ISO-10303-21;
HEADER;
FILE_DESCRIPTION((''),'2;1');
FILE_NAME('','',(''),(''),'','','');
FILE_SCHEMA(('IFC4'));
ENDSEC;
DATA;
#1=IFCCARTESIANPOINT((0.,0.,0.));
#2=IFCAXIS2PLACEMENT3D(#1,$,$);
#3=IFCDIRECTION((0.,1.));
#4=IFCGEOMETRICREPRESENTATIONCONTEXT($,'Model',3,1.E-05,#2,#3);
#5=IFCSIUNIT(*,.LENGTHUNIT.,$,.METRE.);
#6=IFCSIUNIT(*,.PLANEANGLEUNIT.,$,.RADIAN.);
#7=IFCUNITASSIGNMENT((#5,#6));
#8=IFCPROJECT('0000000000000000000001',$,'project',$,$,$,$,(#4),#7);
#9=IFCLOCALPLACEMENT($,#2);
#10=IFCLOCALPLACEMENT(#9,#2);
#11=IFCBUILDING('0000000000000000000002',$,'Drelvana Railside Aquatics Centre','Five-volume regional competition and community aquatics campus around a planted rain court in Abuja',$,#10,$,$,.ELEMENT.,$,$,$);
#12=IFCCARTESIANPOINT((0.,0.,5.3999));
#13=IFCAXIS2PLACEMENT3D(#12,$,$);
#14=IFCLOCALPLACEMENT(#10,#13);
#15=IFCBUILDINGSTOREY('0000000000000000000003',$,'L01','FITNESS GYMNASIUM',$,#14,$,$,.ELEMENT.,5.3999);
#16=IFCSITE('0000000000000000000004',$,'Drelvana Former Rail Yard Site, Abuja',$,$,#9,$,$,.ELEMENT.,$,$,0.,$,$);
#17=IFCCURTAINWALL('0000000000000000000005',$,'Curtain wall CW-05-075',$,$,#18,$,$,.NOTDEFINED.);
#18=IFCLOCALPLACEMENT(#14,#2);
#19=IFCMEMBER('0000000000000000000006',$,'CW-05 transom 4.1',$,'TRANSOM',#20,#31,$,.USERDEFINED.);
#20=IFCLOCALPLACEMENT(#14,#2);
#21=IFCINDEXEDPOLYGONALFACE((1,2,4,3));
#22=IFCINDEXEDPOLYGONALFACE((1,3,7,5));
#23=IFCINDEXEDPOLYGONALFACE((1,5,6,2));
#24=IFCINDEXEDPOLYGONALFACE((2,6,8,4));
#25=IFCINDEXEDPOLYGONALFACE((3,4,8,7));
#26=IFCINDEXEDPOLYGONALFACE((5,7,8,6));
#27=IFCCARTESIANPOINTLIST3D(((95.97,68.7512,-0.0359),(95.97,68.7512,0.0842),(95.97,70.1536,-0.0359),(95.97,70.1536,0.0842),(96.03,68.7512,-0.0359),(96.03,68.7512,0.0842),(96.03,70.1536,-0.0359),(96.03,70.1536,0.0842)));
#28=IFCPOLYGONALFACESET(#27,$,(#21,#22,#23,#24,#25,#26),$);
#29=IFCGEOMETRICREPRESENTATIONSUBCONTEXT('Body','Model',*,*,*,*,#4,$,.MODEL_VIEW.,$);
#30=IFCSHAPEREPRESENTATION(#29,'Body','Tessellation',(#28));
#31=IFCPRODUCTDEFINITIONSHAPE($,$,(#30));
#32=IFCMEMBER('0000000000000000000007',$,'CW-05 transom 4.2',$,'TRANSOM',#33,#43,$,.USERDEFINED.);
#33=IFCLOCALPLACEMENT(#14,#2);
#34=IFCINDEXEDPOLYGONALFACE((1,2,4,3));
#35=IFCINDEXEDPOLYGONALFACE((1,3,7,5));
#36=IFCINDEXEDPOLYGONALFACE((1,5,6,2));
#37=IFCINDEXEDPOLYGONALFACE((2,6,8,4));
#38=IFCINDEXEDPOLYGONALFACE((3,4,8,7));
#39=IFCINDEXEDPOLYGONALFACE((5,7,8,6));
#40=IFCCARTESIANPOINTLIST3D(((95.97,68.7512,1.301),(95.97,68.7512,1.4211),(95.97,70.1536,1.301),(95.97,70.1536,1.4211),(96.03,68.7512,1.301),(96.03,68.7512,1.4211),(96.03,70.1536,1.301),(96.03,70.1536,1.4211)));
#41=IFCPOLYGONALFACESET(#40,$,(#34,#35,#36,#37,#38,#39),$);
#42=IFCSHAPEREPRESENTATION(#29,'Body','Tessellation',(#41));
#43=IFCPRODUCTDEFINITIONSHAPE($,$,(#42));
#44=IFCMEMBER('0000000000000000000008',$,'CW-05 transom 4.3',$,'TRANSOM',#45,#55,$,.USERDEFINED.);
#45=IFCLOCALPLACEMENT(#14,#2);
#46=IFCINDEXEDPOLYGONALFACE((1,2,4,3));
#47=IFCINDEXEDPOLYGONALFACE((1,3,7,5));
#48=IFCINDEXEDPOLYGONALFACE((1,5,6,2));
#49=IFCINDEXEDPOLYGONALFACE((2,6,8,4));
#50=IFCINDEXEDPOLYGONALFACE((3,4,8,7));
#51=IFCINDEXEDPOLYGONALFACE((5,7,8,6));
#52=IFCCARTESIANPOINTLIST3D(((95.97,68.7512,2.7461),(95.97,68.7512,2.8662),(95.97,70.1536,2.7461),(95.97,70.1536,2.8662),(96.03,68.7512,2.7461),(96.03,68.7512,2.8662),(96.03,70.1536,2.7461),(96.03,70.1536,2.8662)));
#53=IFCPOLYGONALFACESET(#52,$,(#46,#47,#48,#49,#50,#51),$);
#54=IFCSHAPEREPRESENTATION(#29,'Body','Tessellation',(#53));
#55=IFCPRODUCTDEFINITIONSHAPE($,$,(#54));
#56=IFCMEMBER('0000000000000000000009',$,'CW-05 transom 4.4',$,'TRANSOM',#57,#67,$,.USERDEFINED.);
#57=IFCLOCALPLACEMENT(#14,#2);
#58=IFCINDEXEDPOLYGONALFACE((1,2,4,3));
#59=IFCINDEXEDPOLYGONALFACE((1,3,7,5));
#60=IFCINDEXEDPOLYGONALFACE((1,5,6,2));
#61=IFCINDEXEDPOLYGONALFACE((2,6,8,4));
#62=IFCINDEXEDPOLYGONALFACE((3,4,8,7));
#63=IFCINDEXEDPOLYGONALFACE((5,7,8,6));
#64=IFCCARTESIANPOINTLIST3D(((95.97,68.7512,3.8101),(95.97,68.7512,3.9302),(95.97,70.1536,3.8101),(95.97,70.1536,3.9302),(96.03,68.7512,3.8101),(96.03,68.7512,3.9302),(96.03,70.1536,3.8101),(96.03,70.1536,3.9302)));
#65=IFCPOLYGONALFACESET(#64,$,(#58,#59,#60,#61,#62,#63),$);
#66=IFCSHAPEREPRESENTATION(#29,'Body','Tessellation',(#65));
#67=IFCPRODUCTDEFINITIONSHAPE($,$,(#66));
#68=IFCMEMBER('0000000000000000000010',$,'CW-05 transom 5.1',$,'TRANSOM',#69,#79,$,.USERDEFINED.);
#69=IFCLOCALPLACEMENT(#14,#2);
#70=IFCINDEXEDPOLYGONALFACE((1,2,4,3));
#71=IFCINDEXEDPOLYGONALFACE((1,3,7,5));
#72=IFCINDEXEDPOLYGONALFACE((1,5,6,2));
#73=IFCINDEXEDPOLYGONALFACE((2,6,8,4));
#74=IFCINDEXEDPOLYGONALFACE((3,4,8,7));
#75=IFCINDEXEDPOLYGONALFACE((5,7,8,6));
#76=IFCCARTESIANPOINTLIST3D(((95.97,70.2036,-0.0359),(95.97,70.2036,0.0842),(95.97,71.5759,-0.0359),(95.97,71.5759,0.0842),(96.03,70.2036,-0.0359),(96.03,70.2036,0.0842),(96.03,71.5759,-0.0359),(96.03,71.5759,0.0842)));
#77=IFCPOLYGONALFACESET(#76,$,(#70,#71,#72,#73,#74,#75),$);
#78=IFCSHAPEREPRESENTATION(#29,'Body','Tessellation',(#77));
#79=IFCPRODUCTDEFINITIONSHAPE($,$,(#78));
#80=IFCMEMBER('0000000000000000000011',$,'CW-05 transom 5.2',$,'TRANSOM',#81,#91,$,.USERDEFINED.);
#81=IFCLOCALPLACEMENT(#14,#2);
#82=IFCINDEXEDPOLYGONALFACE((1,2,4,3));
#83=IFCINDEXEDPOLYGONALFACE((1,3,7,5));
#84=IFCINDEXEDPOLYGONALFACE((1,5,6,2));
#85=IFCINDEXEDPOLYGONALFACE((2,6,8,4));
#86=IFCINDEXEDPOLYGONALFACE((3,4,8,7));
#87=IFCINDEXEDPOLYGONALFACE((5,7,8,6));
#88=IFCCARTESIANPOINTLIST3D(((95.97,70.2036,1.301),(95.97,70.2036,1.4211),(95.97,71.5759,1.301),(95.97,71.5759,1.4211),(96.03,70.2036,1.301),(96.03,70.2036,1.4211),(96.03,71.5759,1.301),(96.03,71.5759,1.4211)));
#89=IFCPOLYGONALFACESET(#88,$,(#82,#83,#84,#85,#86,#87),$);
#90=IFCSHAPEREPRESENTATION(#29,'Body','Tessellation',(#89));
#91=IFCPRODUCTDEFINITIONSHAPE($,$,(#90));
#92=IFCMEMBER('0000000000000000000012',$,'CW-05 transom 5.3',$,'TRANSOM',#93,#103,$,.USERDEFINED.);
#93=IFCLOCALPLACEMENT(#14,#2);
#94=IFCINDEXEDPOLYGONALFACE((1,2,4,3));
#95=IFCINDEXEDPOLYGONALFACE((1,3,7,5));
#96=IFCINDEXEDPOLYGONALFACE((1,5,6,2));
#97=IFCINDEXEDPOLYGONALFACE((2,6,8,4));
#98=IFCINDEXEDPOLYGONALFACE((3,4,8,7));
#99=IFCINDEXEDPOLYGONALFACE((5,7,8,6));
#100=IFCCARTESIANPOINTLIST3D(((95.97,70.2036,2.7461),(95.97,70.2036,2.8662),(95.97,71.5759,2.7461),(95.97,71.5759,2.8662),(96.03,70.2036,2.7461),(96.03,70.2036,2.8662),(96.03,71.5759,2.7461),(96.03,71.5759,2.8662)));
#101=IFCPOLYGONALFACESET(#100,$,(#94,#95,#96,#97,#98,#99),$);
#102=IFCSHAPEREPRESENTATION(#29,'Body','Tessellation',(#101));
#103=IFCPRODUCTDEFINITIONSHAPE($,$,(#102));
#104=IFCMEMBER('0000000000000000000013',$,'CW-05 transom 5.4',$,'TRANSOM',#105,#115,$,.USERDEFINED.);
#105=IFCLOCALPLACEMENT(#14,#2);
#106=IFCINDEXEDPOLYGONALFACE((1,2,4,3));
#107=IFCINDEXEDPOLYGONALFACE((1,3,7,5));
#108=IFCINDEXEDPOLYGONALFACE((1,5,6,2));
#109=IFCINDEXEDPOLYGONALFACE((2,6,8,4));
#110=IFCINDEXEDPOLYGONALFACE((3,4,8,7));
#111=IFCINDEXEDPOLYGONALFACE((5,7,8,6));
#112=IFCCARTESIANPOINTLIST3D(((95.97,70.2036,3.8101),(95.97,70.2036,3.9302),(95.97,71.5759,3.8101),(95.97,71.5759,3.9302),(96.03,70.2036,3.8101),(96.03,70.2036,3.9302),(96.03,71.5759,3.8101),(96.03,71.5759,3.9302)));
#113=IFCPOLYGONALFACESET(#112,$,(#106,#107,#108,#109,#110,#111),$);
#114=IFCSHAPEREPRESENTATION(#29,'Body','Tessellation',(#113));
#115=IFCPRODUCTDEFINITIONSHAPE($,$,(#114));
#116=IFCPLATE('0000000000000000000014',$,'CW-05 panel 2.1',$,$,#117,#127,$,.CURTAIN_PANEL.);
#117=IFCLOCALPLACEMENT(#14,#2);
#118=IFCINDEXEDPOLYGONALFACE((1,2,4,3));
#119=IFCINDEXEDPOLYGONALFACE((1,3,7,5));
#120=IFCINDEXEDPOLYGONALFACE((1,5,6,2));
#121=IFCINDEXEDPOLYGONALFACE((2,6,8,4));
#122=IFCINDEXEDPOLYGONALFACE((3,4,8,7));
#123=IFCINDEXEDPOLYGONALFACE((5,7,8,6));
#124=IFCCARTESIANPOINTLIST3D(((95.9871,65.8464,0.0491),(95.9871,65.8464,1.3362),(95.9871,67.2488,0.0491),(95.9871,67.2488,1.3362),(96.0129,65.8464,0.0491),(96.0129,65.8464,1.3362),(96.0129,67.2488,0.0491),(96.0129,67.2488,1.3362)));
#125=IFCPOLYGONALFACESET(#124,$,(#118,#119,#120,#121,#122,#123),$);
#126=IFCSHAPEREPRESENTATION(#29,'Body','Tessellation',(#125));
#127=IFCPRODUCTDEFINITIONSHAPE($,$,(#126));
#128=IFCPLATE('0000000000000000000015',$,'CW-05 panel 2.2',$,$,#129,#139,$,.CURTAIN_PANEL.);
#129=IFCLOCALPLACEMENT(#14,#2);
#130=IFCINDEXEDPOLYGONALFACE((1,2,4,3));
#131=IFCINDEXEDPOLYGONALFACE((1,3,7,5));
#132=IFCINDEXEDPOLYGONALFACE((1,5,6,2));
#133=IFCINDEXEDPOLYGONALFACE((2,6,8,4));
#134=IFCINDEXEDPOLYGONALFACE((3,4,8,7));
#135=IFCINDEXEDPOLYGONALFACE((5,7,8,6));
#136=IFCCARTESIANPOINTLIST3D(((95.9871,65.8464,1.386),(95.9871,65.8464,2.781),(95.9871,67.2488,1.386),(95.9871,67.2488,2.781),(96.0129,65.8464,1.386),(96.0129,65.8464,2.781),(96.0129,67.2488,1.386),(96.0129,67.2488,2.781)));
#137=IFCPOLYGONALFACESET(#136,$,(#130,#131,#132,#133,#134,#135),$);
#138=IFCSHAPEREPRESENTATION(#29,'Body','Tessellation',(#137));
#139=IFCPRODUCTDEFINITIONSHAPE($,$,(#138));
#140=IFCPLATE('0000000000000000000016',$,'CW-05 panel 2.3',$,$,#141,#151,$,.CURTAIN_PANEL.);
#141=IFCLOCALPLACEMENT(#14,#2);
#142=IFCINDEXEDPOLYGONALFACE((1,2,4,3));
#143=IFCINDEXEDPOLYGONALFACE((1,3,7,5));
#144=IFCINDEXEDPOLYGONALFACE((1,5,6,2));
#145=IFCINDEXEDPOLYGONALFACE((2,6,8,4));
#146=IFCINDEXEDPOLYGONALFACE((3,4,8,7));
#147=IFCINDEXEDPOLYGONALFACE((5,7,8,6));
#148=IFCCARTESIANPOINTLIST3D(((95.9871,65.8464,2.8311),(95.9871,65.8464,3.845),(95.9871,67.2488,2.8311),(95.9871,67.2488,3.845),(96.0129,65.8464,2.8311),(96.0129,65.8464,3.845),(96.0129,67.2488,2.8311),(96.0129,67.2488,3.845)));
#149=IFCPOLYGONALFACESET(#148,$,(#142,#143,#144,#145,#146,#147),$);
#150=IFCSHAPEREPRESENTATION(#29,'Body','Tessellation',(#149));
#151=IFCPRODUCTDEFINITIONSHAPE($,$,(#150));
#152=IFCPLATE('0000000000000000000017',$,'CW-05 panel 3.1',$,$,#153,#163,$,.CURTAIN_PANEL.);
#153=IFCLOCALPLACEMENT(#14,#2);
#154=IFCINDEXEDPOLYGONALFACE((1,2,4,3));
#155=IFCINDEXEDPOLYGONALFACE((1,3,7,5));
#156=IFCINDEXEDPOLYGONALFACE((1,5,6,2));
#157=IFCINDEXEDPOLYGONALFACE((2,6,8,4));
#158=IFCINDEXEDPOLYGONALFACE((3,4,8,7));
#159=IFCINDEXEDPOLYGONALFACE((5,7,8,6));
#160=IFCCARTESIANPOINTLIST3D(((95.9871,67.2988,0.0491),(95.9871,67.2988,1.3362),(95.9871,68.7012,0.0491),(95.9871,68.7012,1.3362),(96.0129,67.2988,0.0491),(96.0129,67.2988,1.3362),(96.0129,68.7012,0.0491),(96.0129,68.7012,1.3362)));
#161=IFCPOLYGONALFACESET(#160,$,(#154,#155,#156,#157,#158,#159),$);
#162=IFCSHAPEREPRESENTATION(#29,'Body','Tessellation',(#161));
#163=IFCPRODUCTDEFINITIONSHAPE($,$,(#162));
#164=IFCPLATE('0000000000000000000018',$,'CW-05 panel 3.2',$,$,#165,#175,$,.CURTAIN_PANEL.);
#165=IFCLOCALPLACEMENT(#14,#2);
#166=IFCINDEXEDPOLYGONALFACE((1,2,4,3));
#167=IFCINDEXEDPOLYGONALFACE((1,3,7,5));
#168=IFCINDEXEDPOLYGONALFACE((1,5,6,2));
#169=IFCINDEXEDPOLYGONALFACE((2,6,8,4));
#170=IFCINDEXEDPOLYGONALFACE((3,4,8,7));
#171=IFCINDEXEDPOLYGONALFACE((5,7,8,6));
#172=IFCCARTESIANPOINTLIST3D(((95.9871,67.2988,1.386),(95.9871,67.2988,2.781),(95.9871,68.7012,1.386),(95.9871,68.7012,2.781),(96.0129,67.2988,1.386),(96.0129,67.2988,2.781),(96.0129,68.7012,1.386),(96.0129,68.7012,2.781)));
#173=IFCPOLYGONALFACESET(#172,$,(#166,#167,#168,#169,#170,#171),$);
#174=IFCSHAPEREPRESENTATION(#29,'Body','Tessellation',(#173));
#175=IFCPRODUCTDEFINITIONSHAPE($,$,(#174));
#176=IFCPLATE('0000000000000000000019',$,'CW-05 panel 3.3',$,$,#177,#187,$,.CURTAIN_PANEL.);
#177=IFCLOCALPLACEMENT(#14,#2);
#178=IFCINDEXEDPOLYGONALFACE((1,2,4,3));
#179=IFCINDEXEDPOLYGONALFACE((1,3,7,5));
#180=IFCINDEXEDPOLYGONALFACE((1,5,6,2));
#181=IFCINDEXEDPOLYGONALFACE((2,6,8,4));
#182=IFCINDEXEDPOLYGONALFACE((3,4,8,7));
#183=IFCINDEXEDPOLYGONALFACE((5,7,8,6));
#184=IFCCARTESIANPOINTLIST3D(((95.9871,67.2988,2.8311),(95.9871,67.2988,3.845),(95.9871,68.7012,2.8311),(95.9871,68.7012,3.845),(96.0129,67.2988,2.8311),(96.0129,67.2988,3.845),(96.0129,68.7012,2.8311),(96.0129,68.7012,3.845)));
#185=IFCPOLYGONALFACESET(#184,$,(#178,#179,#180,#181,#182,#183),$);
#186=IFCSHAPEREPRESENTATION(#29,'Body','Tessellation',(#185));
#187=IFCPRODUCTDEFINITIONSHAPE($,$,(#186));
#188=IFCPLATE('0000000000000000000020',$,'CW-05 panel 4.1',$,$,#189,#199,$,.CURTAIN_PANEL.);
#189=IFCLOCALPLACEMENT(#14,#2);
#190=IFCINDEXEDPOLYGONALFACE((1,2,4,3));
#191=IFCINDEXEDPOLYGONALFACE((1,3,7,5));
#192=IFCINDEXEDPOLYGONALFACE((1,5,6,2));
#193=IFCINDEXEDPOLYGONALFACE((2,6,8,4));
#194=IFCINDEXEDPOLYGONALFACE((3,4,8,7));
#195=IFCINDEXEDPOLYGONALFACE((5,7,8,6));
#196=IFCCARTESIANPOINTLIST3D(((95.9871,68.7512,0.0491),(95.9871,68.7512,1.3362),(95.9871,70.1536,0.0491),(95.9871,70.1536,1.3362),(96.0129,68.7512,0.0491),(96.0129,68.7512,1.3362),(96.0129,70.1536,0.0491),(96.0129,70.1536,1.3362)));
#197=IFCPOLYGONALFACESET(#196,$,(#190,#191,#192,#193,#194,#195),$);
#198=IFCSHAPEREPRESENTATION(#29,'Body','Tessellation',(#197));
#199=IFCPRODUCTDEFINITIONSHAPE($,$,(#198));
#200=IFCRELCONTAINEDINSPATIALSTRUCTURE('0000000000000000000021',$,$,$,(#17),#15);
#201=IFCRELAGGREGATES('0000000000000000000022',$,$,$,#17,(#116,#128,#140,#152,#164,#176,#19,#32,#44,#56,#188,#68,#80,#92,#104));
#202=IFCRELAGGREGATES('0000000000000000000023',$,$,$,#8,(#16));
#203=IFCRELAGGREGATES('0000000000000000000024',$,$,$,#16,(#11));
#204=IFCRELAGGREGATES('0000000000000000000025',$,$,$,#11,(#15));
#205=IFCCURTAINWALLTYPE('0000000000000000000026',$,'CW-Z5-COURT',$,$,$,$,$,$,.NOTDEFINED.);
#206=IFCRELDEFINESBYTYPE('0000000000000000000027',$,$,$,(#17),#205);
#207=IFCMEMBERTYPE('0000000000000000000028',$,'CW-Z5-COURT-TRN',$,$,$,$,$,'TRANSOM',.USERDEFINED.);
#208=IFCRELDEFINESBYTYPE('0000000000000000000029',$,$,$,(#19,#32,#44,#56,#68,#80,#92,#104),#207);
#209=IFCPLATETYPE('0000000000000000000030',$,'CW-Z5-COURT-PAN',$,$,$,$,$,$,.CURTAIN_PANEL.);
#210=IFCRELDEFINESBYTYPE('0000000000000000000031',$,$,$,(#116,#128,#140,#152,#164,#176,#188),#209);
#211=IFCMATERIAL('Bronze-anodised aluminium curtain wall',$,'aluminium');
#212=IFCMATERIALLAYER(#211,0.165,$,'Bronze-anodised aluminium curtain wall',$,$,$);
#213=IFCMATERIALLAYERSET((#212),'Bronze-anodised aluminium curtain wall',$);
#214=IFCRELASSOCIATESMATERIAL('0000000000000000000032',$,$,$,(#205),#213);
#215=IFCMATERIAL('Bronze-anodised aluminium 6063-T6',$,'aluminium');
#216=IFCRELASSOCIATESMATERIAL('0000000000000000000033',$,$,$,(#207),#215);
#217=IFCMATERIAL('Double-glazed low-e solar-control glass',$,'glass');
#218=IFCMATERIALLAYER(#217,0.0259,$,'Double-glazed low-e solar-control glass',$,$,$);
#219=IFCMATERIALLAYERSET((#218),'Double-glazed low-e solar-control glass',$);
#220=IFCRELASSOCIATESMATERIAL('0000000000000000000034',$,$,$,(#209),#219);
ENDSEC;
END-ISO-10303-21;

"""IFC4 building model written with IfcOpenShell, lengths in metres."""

from ifc_helpers import new_model, si_unit, direction, frame, origin, origin_2d, place, context, subcontext, project, spatial, rectangle, extrude, material, layer, layer_set, material_profile, profile_set, type_object, element, aggregate, save


model = new_model("IFC4")

# Units and contexts
model_context = context("Model", 3, precision=1e-05, world=origin(), true_north=direction((0.0, 1.0)))
body_context = subcontext(model_context, "Body", "Model", "MODEL_VIEW")
ifc_project = project(units=[si_unit("LENGTHUNIT", "METRE"), si_unit("PLANEANGLEUNIT", "RADIAN")], contexts=[model_context])

# Site, building, storey
site_placement = place(None, origin())
site = spatial("IfcSite", under=ifc_project, at=site_placement, Name="Drelvana Former Rail Yard Site, Abuja", CompositionType="ELEMENT", RefElevation=0.0)
building_placement = place(site_placement, origin())
building = spatial("IfcBuilding", under=site, at=building_placement, Name="Drelvana Railside Aquatics Centre", Description="Five-volume regional competition and community aquatics campus around a planted rain court in Abuja", CompositionType="ELEMENT")
storey_placement = place(building_placement, frame((0.0, 0.0, 5.3999)))
storey = spatial("IfcBuildingStorey", under=building, at=storey_placement, Name="L01", Description="FITNESS GYMNASIUM", CompositionType="ELEMENT", Elevation=5.3999)

# Curtain wall
ifc_material_1 = material(Name="Bronze-anodised aluminium curtain wall", Category="aluminium")
ifc_layer_1 = layer(ifc_material_1, 0.165, Name="Bronze-anodised aluminium curtain wall")
ifc_layer_set_1 = layer_set([ifc_layer_1], Name="Bronze-anodised aluminium curtain wall")
curtain_wall_type = type_object("IfcCurtainWallType", Name="CW-Z5-COURT", PredefinedType="NOTDEFINED", material=ifc_layer_set_1)
curtain_wall_1_placement = place(storey_placement, origin())
curtain_wall_1 = element("IfcCurtainWall", 1, at=curtain_wall_1_placement, inside=storey, type_object=curtain_wall_type, Name="Curtain wall CW-05-075", PredefinedType="NOTDEFINED")
ifc_material_2 = material(Name="Bronze-anodised aluminium 6063-T6", Category="aluminium")

# Members
ifc_material_profile_1 = material_profile(ifc_material_2, rectangle(XDim=0.1201, YDim=0.0601, at=origin_2d()), Name="ALU-T 60x120")
ifc_profile_set_1 = profile_set([ifc_material_profile_1], Name="Bronze-anodised aluminium 6063-T6")
member_type_1 = type_object("IfcMemberType", Name="CW-Z5-COURT-TRN", ElementType="TRANSOM", PredefinedType="USERDEFINED", material=ifc_profile_set_1)
member_1_placement = place(storey_placement, frame((96.0, 68.7512, 0.0242), z_axis=(0.0, 1.0, 0.0), x_axis=(0.0, 0.0, 1.0)))
member_1 = element("IfcMember", 2, at=member_1_placement, type_object=member_type_1, Name="CW-05 transom 4.1", ObjectType="TRANSOM", PredefinedType="USERDEFINED", context=body_context, shape_type="SweptSolid", body=[
    extrude(rectangle(XDim=0.1201, YDim=0.0601, at=origin_2d()), origin(), (0.0, 0.0, 1.0), 1.4023),
])
member_2_placement = place(storey_placement, frame((96.0, 68.7512, 1.3611), z_axis=(0.0, 1.0, 0.0), x_axis=(0.0, 0.0, 1.0)))
member_2 = element("IfcMember", 3, at=member_2_placement, type_object=member_type_1, Name="CW-05 transom 4.2", ObjectType="TRANSOM", PredefinedType="USERDEFINED", context=body_context, shape_type="SweptSolid", body=[
    extrude(rectangle(XDim=0.1201, YDim=0.0601, at=origin_2d()), origin(), (0.0, 0.0, 1.0), 1.4023),
])
member_3_placement = place(storey_placement, frame((96.0, 68.7512, 2.8062), z_axis=(0.0, 1.0, 0.0), x_axis=(0.0, 0.0, 1.0)))
member_3 = element("IfcMember", 4, at=member_3_placement, type_object=member_type_1, Name="CW-05 transom 4.3", ObjectType="TRANSOM", PredefinedType="USERDEFINED", context=body_context, shape_type="SweptSolid", body=[
    extrude(rectangle(XDim=0.1201, YDim=0.0601, at=origin_2d()), origin(), (0.0, 0.0, 1.0), 1.4023),
])
member_4_placement = place(storey_placement, frame((96.0, 68.7512, 3.8701), z_axis=(0.0, 1.0, 0.0), x_axis=(0.0, 0.0, 1.0)))
member_4 = element("IfcMember", 5, at=member_4_placement, type_object=member_type_1, Name="CW-05 transom 4.4", ObjectType="TRANSOM", PredefinedType="USERDEFINED", context=body_context, shape_type="SweptSolid", body=[
    extrude(rectangle(XDim=0.1201, YDim=0.0601, at=origin_2d()), origin(), (0.0, 0.0, 1.0), 1.4023),
])
member_5_placement = place(storey_placement, frame((96.0, 70.2036, 0.0242), z_axis=(0.0, 1.0, 0.0), x_axis=(0.0, 0.0, 1.0)))
member_5 = element("IfcMember", 6, at=member_5_placement, type_object=member_type_1, Name="CW-05 transom 5.1", ObjectType="TRANSOM", PredefinedType="USERDEFINED", context=body_context, shape_type="SweptSolid", body=[
    extrude(rectangle(XDim=0.1201, YDim=0.0601, at=origin_2d()), origin(), (0.0, 0.0, 1.0), 1.3723),
])
member_6_placement = place(storey_placement, frame((96.0, 70.2036, 1.3611), z_axis=(0.0, 1.0, 0.0), x_axis=(0.0, 0.0, 1.0)))
member_6 = element("IfcMember", 7, at=member_6_placement, type_object=member_type_1, Name="CW-05 transom 5.2", ObjectType="TRANSOM", PredefinedType="USERDEFINED", context=body_context, shape_type="SweptSolid", body=[
    extrude(rectangle(XDim=0.1201, YDim=0.0601, at=origin_2d()), origin(), (0.0, 0.0, 1.0), 1.3723),
])
member_7_placement = place(storey_placement, frame((96.0, 70.2036, 2.8062), z_axis=(0.0, 1.0, 0.0), x_axis=(0.0, 0.0, 1.0)))
member_7 = element("IfcMember", 8, at=member_7_placement, type_object=member_type_1, Name="CW-05 transom 5.3", ObjectType="TRANSOM", PredefinedType="USERDEFINED", context=body_context, shape_type="SweptSolid", body=[
    extrude(rectangle(XDim=0.1201, YDim=0.0601, at=origin_2d()), origin(), (0.0, 0.0, 1.0), 1.3723),
])
member_8_placement = place(storey_placement, frame((96.0, 70.2036, 3.8701), z_axis=(0.0, 1.0, 0.0), x_axis=(0.0, 0.0, 1.0)))
member_8 = element("IfcMember", 9, at=member_8_placement, type_object=member_type_1, Name="CW-05 transom 5.4", ObjectType="TRANSOM", PredefinedType="USERDEFINED", context=body_context, shape_type="SweptSolid", body=[
    extrude(rectangle(XDim=0.1201, YDim=0.0601, at=origin_2d()), origin(), (0.0, 0.0, 1.0), 1.3723),
])

# Plates
ifc_material_3 = material(Name="Double-glazed low-e solar-control glass", Category="glass")
ifc_layer_2 = layer(ifc_material_3, 0.0259, Name="Double-glazed low-e solar-control glass")
ifc_layer_set_2 = layer_set([ifc_layer_2], Name="Double-glazed low-e solar-control glass")
plate_type = type_object("IfcPlateType", Name="CW-Z5-COURT-PAN", PredefinedType="CURTAIN_PANEL", material=ifc_layer_set_2)
plate_1_placement = place(storey_placement, frame((96.0, 66.5476, 0.0491), z_axis=(0.0, 0.0, 1.0), x_axis=(0.0, 1.0, 0.0)))
plate_1 = element("IfcPlate", 10, at=plate_1_placement, type_object=plate_type, Name="CW-05 panel 2.1", PredefinedType="CURTAIN_PANEL", context=body_context, shape_type="SweptSolid", body=[
    extrude(rectangle(XDim=1.4023, YDim=0.0259, at=origin_2d()), origin(), (0.0, 0.0, 1.0), 1.2871),
])
plate_2_placement = place(storey_placement, frame((96.0, 66.5476, 1.386), z_axis=(0.0, 0.0, 1.0), x_axis=(0.0, 1.0, 0.0)))
plate_2 = element("IfcPlate", 11, at=plate_2_placement, type_object=plate_type, Name="CW-05 panel 2.2", PredefinedType="CURTAIN_PANEL", context=body_context, shape_type="SweptSolid", body=[
    extrude(rectangle(XDim=1.4023, YDim=0.0259, at=origin_2d()), origin(), (0.0, 0.0, 1.0), 1.395),
])
plate_3_placement = place(storey_placement, frame((96.0, 66.5476, 2.8311), z_axis=(0.0, 0.0, 1.0), x_axis=(0.0, 1.0, 0.0)))
plate_3 = element("IfcPlate", 12, at=plate_3_placement, type_object=plate_type, Name="CW-05 panel 2.3", PredefinedType="CURTAIN_PANEL", context=body_context, shape_type="SweptSolid", body=[
    extrude(rectangle(XDim=1.4023, YDim=0.0259, at=origin_2d()), origin(), (0.0, 0.0, 1.0), 1.0139),
])
plate_4_placement = place(storey_placement, frame((96.0, 68.0, 0.0491), z_axis=(0.0, 0.0, 1.0), x_axis=(0.0, 1.0, 0.0)))
plate_4 = element("IfcPlate", 13, at=plate_4_placement, type_object=plate_type, Name="CW-05 panel 3.1", PredefinedType="CURTAIN_PANEL", context=body_context, shape_type="SweptSolid", body=[
    extrude(rectangle(XDim=1.4023, YDim=0.0259, at=origin_2d()), origin(), (0.0, 0.0, 1.0), 1.2871),
])
plate_5_placement = place(storey_placement, frame((96.0, 68.0, 1.386), z_axis=(0.0, 0.0, 1.0), x_axis=(0.0, 1.0, 0.0)))
plate_5 = element("IfcPlate", 14, at=plate_5_placement, type_object=plate_type, Name="CW-05 panel 3.2", PredefinedType="CURTAIN_PANEL", context=body_context, shape_type="SweptSolid", body=[
    extrude(rectangle(XDim=1.4023, YDim=0.0259, at=origin_2d()), origin(), (0.0, 0.0, 1.0), 1.395),
])
plate_6_placement = place(storey_placement, frame((96.0, 68.0, 2.8311), z_axis=(0.0, 0.0, 1.0), x_axis=(0.0, 1.0, 0.0)))
plate_6 = element("IfcPlate", 15, at=plate_6_placement, type_object=plate_type, Name="CW-05 panel 3.3", PredefinedType="CURTAIN_PANEL", context=body_context, shape_type="SweptSolid", body=[
    extrude(rectangle(XDim=1.4023, YDim=0.0259, at=origin_2d()), origin(), (0.0, 0.0, 1.0), 1.0139),
])
plate_7_placement = place(storey_placement, frame((96.0, 69.4524, 0.0491), z_axis=(0.0, 0.0, 1.0), x_axis=(0.0, 1.0, 0.0)))
plate_7 = element("IfcPlate", 16, at=plate_7_placement, type_object=plate_type, Name="CW-05 panel 4.1", PredefinedType="CURTAIN_PANEL", context=body_context, shape_type="SweptSolid", body=[
    extrude(rectangle(XDim=1.4023, YDim=0.0259, at=origin_2d()), origin(), (0.0, 0.0, 1.0), 1.2871),
])
aggregate(curtain_wall_1, [plate_1, plate_2, plate_3, plate_4, plate_5, plate_6, member_1, member_2, member_3, member_4, plate_7, member_5, member_6, member_7, member_8])

save(model, "model.ifc")
